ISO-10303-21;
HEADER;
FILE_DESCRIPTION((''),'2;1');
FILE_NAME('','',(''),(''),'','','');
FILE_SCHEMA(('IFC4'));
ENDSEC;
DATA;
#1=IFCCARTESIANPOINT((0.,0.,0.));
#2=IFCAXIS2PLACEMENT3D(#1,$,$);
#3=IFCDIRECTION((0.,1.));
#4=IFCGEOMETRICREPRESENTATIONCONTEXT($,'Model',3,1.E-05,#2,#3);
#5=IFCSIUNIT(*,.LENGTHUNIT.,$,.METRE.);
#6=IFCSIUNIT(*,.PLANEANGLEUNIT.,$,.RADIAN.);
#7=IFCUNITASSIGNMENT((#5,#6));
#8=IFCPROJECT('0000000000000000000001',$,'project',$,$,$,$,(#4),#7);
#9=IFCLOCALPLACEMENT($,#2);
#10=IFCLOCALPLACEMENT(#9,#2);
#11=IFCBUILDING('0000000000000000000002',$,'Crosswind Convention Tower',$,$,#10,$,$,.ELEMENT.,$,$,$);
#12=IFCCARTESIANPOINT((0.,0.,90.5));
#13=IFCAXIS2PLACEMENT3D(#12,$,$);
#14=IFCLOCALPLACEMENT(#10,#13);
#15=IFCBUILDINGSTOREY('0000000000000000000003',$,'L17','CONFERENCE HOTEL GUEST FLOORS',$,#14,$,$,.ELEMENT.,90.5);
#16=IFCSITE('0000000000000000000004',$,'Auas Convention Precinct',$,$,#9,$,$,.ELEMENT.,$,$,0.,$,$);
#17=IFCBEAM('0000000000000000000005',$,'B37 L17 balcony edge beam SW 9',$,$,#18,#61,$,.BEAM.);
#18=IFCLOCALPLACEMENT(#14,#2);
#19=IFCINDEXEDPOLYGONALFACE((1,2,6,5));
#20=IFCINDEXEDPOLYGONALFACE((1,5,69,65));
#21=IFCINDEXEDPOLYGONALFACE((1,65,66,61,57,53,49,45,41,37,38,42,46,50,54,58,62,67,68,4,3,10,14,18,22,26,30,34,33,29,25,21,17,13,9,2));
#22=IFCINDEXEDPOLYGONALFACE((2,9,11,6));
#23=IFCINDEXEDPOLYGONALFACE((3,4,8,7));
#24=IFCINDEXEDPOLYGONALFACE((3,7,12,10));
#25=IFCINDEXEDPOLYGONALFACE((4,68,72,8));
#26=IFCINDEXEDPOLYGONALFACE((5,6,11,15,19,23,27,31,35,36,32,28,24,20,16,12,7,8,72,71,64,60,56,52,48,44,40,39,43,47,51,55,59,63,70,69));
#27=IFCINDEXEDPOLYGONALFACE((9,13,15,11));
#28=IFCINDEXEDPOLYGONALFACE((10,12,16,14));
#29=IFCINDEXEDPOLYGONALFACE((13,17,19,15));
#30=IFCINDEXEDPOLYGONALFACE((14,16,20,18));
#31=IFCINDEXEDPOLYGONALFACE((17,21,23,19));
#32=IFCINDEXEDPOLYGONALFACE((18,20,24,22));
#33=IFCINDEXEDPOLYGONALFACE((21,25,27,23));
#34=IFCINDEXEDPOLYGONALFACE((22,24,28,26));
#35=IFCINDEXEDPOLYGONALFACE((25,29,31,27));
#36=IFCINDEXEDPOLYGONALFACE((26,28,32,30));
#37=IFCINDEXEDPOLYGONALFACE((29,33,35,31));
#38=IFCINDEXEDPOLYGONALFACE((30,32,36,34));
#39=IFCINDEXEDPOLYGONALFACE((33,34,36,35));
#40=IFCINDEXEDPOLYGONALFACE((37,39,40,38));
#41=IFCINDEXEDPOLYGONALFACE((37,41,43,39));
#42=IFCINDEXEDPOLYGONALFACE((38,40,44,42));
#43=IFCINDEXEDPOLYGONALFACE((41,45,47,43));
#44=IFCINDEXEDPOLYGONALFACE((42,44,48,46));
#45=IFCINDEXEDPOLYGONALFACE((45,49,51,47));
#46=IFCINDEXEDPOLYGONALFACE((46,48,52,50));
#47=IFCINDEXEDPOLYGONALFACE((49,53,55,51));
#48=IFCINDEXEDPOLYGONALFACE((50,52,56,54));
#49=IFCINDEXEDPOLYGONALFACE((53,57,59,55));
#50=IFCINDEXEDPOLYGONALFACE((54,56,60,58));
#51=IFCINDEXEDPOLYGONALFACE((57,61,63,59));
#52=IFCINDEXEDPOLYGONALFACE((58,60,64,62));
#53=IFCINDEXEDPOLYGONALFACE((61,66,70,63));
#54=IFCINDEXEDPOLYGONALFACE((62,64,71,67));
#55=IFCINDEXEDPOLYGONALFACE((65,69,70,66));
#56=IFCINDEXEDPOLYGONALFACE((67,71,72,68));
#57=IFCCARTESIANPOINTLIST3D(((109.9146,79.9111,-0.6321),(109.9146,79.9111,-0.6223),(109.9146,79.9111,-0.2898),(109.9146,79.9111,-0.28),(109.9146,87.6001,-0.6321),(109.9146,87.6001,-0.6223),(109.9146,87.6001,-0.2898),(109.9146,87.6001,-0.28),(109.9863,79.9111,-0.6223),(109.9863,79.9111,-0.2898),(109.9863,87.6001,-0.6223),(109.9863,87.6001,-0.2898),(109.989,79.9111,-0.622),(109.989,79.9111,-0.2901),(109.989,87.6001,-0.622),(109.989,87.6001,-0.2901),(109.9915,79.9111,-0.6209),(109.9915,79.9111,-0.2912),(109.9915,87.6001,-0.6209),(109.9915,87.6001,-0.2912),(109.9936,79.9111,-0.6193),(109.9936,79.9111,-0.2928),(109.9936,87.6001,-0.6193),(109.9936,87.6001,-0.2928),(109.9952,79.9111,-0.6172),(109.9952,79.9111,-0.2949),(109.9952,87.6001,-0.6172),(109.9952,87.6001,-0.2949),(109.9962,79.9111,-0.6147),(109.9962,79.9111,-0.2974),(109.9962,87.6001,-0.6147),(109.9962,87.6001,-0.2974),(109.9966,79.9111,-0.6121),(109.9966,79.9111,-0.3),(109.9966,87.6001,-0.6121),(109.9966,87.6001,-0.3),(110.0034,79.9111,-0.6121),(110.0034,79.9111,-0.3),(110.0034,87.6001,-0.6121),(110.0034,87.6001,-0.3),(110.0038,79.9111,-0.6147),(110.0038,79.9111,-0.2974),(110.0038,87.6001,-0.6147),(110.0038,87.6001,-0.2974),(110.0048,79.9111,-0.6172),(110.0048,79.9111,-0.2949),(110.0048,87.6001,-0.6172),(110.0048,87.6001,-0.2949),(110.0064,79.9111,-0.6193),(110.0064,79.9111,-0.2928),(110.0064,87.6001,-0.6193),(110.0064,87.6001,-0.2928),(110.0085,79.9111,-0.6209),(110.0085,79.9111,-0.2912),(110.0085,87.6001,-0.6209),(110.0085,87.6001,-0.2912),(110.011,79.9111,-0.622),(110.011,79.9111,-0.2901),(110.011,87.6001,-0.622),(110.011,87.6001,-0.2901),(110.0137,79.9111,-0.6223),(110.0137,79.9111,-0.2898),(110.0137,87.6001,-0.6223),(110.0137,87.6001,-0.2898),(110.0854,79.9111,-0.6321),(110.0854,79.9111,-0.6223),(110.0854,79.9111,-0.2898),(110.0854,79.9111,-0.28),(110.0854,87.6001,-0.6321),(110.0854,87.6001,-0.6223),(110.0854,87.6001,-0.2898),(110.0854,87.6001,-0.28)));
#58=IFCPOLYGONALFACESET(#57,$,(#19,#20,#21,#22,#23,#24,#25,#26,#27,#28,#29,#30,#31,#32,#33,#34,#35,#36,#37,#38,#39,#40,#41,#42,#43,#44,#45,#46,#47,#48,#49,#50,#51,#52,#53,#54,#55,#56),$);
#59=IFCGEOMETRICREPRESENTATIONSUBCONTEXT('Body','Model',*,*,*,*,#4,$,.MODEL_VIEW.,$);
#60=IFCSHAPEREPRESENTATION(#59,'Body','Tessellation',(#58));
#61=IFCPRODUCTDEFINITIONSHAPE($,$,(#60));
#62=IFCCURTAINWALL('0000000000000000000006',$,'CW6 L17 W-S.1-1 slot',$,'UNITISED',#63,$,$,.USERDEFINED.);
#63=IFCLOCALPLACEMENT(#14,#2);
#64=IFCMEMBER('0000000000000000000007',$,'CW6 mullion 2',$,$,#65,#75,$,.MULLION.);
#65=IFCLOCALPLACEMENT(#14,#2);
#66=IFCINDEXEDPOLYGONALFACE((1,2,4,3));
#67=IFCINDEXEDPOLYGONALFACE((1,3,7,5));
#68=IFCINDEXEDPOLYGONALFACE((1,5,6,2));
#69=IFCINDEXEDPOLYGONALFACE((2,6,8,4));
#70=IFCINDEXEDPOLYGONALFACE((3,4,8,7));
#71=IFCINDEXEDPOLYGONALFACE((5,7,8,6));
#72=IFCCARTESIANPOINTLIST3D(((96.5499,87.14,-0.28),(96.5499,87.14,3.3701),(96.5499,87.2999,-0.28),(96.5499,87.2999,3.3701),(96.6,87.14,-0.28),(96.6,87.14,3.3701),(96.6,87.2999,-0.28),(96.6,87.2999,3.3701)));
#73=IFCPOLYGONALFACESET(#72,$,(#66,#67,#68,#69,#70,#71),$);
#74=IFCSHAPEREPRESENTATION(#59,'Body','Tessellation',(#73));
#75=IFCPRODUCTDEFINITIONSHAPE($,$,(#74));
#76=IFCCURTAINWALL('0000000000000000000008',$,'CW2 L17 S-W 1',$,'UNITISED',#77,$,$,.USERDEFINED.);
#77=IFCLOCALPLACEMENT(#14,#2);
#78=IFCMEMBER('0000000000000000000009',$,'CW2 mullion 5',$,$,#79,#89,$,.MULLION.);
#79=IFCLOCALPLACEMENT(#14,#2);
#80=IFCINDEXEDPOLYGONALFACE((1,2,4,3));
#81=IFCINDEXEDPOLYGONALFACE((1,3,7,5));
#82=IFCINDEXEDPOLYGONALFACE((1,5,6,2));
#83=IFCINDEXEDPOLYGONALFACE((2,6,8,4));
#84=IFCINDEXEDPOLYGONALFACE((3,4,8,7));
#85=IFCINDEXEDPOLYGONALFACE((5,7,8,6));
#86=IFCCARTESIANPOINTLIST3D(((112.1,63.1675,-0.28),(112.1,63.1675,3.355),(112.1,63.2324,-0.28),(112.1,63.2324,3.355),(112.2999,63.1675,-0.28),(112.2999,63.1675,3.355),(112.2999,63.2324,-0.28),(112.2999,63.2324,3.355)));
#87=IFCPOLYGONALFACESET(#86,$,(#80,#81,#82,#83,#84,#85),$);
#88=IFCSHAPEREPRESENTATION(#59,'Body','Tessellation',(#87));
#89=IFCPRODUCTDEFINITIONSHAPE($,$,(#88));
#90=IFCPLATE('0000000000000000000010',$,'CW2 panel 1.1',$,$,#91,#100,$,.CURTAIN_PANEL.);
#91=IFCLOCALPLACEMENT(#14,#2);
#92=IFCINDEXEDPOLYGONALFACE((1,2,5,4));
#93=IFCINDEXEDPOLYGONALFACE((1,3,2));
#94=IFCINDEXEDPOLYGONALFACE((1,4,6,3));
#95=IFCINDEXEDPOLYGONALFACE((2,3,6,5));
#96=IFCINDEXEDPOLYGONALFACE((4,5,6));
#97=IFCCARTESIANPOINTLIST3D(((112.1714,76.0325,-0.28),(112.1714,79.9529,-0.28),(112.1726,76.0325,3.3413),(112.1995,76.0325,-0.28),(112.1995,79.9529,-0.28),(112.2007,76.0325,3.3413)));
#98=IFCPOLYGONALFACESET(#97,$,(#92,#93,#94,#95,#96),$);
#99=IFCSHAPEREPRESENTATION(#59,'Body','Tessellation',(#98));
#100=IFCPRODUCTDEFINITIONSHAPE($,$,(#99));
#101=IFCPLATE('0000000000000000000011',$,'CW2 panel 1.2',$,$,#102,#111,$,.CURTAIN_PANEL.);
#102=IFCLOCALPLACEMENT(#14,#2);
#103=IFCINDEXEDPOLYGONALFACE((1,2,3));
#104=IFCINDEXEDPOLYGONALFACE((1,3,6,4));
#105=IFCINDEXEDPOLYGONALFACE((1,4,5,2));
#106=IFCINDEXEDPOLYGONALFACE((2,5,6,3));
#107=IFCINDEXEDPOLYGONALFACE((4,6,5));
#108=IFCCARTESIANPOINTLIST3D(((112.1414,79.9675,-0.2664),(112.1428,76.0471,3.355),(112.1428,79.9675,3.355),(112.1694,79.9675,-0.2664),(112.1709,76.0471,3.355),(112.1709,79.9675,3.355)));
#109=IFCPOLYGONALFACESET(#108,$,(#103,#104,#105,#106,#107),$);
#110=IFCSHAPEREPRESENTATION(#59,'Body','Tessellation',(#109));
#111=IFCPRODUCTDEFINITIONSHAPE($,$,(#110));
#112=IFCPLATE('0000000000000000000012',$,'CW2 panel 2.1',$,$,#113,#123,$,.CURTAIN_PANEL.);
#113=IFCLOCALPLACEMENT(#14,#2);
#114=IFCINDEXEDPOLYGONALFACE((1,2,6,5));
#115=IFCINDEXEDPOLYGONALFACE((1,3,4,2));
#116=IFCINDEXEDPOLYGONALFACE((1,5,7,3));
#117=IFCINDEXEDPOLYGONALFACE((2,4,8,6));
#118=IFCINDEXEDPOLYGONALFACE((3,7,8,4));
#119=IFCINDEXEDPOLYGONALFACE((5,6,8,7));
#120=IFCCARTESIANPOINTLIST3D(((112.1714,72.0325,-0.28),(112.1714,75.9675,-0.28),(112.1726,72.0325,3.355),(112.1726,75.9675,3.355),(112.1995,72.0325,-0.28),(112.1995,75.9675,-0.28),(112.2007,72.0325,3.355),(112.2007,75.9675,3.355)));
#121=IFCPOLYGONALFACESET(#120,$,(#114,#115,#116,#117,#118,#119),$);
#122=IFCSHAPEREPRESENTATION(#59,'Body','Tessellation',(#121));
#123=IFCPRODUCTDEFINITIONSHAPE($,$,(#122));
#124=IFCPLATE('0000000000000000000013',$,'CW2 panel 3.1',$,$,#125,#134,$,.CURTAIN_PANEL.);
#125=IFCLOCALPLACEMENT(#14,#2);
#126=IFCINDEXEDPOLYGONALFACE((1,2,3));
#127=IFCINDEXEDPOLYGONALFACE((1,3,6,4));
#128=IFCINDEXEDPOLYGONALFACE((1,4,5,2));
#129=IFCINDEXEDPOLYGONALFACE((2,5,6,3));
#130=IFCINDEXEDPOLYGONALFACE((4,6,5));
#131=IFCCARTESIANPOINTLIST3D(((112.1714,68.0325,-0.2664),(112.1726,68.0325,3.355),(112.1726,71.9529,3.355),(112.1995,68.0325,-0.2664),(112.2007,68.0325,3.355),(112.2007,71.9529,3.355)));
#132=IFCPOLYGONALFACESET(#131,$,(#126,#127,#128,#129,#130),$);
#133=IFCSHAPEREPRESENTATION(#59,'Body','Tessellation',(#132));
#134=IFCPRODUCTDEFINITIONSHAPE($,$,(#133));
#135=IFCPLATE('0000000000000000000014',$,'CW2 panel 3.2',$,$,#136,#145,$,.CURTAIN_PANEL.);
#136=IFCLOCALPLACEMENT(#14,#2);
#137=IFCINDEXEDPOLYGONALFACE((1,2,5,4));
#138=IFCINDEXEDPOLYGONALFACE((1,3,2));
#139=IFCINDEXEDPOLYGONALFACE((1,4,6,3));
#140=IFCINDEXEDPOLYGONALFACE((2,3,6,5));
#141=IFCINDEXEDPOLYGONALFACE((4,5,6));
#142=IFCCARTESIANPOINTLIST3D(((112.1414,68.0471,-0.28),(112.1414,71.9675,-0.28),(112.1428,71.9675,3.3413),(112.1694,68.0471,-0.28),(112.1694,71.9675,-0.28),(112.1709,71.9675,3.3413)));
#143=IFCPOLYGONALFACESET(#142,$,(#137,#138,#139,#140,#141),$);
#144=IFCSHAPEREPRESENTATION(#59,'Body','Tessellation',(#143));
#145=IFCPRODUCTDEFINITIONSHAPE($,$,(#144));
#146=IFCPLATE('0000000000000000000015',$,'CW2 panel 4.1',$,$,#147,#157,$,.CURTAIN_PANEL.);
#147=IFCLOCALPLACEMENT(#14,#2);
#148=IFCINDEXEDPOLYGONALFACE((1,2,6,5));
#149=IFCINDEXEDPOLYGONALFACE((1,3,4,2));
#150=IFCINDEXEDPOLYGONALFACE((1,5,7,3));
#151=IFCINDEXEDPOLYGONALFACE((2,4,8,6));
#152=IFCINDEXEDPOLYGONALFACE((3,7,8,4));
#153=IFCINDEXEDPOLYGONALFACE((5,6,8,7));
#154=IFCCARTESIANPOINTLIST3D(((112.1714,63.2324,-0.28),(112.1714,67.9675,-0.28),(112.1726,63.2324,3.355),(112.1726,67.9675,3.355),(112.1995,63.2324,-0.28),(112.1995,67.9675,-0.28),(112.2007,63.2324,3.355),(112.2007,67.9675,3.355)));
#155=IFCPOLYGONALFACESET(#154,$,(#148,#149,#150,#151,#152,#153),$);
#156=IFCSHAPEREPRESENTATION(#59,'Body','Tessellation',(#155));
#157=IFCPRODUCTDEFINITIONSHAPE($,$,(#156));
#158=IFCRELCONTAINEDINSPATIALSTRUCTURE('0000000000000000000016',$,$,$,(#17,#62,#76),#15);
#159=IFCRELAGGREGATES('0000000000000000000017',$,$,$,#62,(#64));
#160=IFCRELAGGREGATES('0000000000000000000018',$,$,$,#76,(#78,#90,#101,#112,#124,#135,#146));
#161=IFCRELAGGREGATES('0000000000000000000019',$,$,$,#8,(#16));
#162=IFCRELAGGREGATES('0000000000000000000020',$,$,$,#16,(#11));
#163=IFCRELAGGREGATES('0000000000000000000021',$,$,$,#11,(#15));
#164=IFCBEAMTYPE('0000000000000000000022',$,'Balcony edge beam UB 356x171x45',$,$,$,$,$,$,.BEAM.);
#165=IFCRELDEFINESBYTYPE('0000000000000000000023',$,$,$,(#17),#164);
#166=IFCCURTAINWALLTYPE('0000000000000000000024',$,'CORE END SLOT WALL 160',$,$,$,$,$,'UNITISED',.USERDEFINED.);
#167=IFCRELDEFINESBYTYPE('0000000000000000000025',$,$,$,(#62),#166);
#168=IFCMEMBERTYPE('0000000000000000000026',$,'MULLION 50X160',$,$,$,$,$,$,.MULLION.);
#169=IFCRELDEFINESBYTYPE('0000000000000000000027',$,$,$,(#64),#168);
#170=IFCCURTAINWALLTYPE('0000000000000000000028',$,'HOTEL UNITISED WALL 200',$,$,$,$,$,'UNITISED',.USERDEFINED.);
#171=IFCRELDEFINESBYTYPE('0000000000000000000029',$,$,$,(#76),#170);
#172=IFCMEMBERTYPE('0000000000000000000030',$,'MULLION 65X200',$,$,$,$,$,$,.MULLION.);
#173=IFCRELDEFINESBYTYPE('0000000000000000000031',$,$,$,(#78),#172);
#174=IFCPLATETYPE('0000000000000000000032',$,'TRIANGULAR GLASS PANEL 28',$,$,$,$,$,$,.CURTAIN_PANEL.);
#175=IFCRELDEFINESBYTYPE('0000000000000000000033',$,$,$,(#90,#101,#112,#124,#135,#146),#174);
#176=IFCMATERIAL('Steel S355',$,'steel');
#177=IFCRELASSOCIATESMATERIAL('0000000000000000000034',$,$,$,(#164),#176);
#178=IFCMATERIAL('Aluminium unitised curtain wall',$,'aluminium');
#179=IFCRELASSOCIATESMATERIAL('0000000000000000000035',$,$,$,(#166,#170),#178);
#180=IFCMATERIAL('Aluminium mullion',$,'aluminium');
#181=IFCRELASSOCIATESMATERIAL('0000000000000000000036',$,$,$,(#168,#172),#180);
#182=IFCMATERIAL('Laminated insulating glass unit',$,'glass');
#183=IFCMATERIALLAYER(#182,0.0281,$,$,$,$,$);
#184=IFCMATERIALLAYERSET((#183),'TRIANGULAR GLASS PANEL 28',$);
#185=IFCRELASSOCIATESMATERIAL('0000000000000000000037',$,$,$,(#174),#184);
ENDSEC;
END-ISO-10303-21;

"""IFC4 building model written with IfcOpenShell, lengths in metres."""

from ifc_helpers import new_model, si_unit, direction, frame, origin, origin_2d, place, context, subcontext, project, spatial, polyline, rectangle, i_section, outline, extrude, material, layer, layer_set, material_profile, profile_set, type_object, element, aggregate, save


model = new_model("IFC4")

# Units and contexts
model_context = context("Model", 3, precision=1e-05, world=origin(), true_north=direction((0.0, 1.0)))
body_context = subcontext(model_context, "Body", "Model", "MODEL_VIEW")
ifc_project = project(units=[si_unit("LENGTHUNIT", "METRE"), si_unit("PLANEANGLEUNIT", "RADIAN")], contexts=[model_context])

# Site, building, storey
site_placement = place(None, origin())
site = spatial("IfcSite", under=ifc_project, at=site_placement, Name="Auas Convention Precinct", CompositionType="ELEMENT", RefElevation=0.0)
building_placement = place(site_placement, origin())
building = spatial("IfcBuilding", under=site, at=building_placement, Name="Crosswind Convention Tower", CompositionType="ELEMENT")
storey_placement = place(building_placement, frame((0.0, 0.0, 90.5)))
storey = spatial("IfcBuildingStorey", under=building, at=storey_placement, Name="L17", Description="CONFERENCE HOTEL GUEST FLOORS", CompositionType="ELEMENT", Elevation=90.5)

# Beam
ifc_material_1 = material(Name="Steel S355", Category="steel")
ifc_material_profile_1 = material_profile(ifc_material_1, i_section(OverallWidth=0.1709, OverallDepth=0.3521, WebThickness=0.0068, FlangeThickness=0.0098, FilletRadius=0.0103, at=origin_2d()), Name="UB 356x171x45")
ifc_profile_set_1 = profile_set([ifc_material_profile_1], Name="Steel S355")
beam_type = type_object("IfcBeamType", Name="Balcony edge beam UB 356x171x45", PredefinedType="BEAM", material=ifc_profile_set_1)
beam_placement = place(storey_placement, frame((110.0, 87.6001, -0.4561), z_axis=(0.0, -1.0, 0.0), x_axis=(1.0, 0.0, 0.0)))
element("IfcBeam", 1, at=beam_placement, inside=storey, type_object=beam_type, Name="B37 L17 balcony edge beam SW 9", PredefinedType="BEAM", context=body_context, shape_type="SweptSolid", body=[
    extrude(i_section(OverallWidth=0.1709, OverallDepth=0.3521, WebThickness=0.0068, FlangeThickness=0.0098, FilletRadius=0.0103, at=origin_2d()), origin(), (0.0, 0.0, 1.0), 7.689),
])

# Curtain wall, member
ifc_material_2 = material(Name="Aluminium unitised curtain wall", Category="aluminium")
curtain_wall_type_1 = type_object("IfcCurtainWallType", Name="CORE END SLOT WALL 160", ElementType="UNITISED", PredefinedType="USERDEFINED", material=ifc_material_2)
curtain_wall_1_placement = place(storey_placement, origin())
curtain_wall_1 = element("IfcCurtainWall", 2, at=curtain_wall_1_placement, inside=storey, type_object=curtain_wall_type_1, Name="CW6 L17 W-S.1-1 slot", ObjectType="UNITISED", PredefinedType="USERDEFINED")
ifc_material_3 = material(Name="Aluminium mullion", Category="aluminium")
ifc_material_profile_2 = material_profile(ifc_material_3, rectangle(XDim=0.1599, YDim=0.05, at=origin_2d()), Name="AL 160X50")
ifc_profile_set_2 = profile_set([ifc_material_profile_2], Name="Aluminium mullion")
member_type_1 = type_object("IfcMemberType", Name="MULLION 50X160", PredefinedType="MULLION", material=ifc_profile_set_2)
member_1_placement = place(storey_placement, frame((96.575, 87.22, -0.28), z_axis=(0.0, 0.0, 1.0), x_axis=(0.0, -1.0, 0.0)))
member_1 = element("IfcMember", 3, at=member_1_placement, type_object=member_type_1, Name="CW6 mullion 2", PredefinedType="MULLION", context=body_context, shape_type="SweptSolid", body=[
    extrude(rectangle(XDim=0.1599, YDim=0.05, at=origin_2d()), origin(), (0.0, 0.0, 1.0), 3.6501),
])
aggregate(curtain_wall_1, [member_1])

# Curtain wall, member, plates
curtain_wall_type_2 = type_object("IfcCurtainWallType", Name="HOTEL UNITISED WALL 200", ElementType="UNITISED", PredefinedType="USERDEFINED", material=ifc_material_2)
curtain_wall_2_placement = place(storey_placement, origin())
curtain_wall_2 = element("IfcCurtainWall", 4, at=curtain_wall_2_placement, inside=storey, type_object=curtain_wall_type_2, Name="CW2 L17 S-W 1", ObjectType="UNITISED", PredefinedType="USERDEFINED")
ifc_material_profile_3 = material_profile(ifc_material_3, rectangle(XDim=0.2, YDim=0.0649, at=origin_2d()), Name="AL 200X65")
ifc_profile_set_3 = profile_set([ifc_material_profile_3], Name="Aluminium mullion")
member_type_2 = type_object("IfcMemberType", Name="MULLION 65X200", PredefinedType="MULLION", material=ifc_profile_set_3)
member_2_placement = place(storey_placement, frame((112.2, 63.2, -0.28), z_axis=(0.0, 0.0, 1.0), x_axis=(-1.0, 0.0, 0.0)))
member_2 = element("IfcMember", 5, at=member_2_placement, type_object=member_type_2, Name="CW2 mullion 5", PredefinedType="MULLION", context=body_context, shape_type="SweptSolid", body=[
    extrude(rectangle(XDim=0.2, YDim=0.0649, at=origin_2d()), origin(), (0.0, 0.0, 1.0), 3.635),
])
ifc_material_4 = material(Name="Laminated insulating glass unit", Category="glass")
ifc_layer_1 = layer(ifc_material_4, 0.0281)
ifc_layer_set_1 = layer_set([ifc_layer_1], Name="TRIANGULAR GLASS PANEL 28")
plate_type = type_object("IfcPlateType", Name="TRIANGULAR GLASS PANEL 28", PredefinedType="CURTAIN_PANEL", material=ifc_layer_set_1)
plate_1_placement = place(storey_placement, frame((112.1714, 76.0325, -0.28), z_axis=(-1.0, 0.0, 0.000337), x_axis=(0.000337, 0.0, 1.0)))
plate_1 = element("IfcPlate", 6, at=plate_1_placement, type_object=plate_type, Name="CW2 panel 1.1", PredefinedType="CURTAIN_PANEL", context=body_context, shape_type="SweptSolid", body=[
    extrude(outline(polyline([(0.0, 0.0), (3.6213, 0.0), (0.0, 3.9204), (0.0, 0.0)])), origin(), (0.0, 0.0, -1.0), 0.0281),
])
plate_2_placement = place(storey_placement, frame((112.1428, 79.9675, 3.355), z_axis=(-1.0, 0.0, 0.000405), x_axis=(-0.000405, 0.0, -1.0)))
plate_2 = element("IfcPlate", 7, at=plate_2_placement, type_object=plate_type, Name="CW2 panel 1.2", PredefinedType="CURTAIN_PANEL", context=body_context, shape_type="SweptSolid", body=[
    extrude(outline(polyline([(0.0, 0.0), (3.6213, 0.0), (0.0, 3.9204), (0.0, 0.0)])), origin(), (0.0, 0.0, -1.0), 0.0281),
])
plate_3_placement = place(storey_placement, frame((112.1714, 75.9675, -0.28), z_axis=(-1.0, 0.0, 0.000336), x_axis=(0.0, -1.0, 0.0)))
plate_3 = element("IfcPlate", 8, at=plate_3_placement, type_object=plate_type, Name="CW2 panel 2.1", PredefinedType="CURTAIN_PANEL", context=body_context, shape_type="SweptSolid", body=[
    extrude(outline(polyline([(0.0, 0.0), (3.9351, 0.0), (3.9351, 3.635), (0.0, 3.635), (0.0, 0.0)])), origin(), (0.0, 0.0, -1.0), 0.0281),
])
plate_4_placement = place(storey_placement, frame((112.1726, 68.0325, 3.355), z_axis=(-1.0, 0.0, 0.000337), x_axis=(0.0, 1.0, 0.0)))
plate_4 = element("IfcPlate", 9, at=plate_4_placement, type_object=plate_type, Name="CW2 panel 3.1", PredefinedType="CURTAIN_PANEL", context=body_context, shape_type="SweptSolid", body=[
    extrude(outline(polyline([(0.0, 0.0), (3.9204, 0.0), (0.0, 3.6213), (0.0, 0.0)])), origin(), (0.0, 0.0, -1.0), 0.0281),
])
plate_5_placement = place(storey_placement, frame((112.1414, 71.9675, -0.28), z_axis=(-1.0, 0.0, 0.000405), x_axis=(0.0, -1.0, 0.0)))
plate_5 = element("IfcPlate", 10, at=plate_5_placement, type_object=plate_type, Name="CW2 panel 3.2", PredefinedType="CURTAIN_PANEL", context=body_context, shape_type="SweptSolid", body=[
    extrude(outline(polyline([(0.0, 0.0), (3.9204, 0.0), (0.0, 3.6213), (0.0, 0.0)])), origin(), (0.0, 0.0, -1.0), 0.0281),
])
plate_6_placement = place(storey_placement, frame((112.1714, 67.9675, -0.28), z_axis=(-1.0, 0.0, 0.000336), x_axis=(0.0, -1.0, 0.0)))
plate_6 = element("IfcPlate", 11, at=plate_6_placement, type_object=plate_type, Name="CW2 panel 4.1", PredefinedType="CURTAIN_PANEL", context=body_context, shape_type="SweptSolid", body=[
    extrude(outline(polyline([(0.0, 0.0), (4.7351, 0.0), (4.7351, 3.635), (0.0, 3.635), (0.0, 0.0)])), origin(), (0.0, 0.0, -1.0), 0.0281),
])

aggregate(curtain_wall_2, [member_2, plate_1, plate_2, plate_3, plate_4, plate_5, plate_6])

save(model, "model.ifc")
